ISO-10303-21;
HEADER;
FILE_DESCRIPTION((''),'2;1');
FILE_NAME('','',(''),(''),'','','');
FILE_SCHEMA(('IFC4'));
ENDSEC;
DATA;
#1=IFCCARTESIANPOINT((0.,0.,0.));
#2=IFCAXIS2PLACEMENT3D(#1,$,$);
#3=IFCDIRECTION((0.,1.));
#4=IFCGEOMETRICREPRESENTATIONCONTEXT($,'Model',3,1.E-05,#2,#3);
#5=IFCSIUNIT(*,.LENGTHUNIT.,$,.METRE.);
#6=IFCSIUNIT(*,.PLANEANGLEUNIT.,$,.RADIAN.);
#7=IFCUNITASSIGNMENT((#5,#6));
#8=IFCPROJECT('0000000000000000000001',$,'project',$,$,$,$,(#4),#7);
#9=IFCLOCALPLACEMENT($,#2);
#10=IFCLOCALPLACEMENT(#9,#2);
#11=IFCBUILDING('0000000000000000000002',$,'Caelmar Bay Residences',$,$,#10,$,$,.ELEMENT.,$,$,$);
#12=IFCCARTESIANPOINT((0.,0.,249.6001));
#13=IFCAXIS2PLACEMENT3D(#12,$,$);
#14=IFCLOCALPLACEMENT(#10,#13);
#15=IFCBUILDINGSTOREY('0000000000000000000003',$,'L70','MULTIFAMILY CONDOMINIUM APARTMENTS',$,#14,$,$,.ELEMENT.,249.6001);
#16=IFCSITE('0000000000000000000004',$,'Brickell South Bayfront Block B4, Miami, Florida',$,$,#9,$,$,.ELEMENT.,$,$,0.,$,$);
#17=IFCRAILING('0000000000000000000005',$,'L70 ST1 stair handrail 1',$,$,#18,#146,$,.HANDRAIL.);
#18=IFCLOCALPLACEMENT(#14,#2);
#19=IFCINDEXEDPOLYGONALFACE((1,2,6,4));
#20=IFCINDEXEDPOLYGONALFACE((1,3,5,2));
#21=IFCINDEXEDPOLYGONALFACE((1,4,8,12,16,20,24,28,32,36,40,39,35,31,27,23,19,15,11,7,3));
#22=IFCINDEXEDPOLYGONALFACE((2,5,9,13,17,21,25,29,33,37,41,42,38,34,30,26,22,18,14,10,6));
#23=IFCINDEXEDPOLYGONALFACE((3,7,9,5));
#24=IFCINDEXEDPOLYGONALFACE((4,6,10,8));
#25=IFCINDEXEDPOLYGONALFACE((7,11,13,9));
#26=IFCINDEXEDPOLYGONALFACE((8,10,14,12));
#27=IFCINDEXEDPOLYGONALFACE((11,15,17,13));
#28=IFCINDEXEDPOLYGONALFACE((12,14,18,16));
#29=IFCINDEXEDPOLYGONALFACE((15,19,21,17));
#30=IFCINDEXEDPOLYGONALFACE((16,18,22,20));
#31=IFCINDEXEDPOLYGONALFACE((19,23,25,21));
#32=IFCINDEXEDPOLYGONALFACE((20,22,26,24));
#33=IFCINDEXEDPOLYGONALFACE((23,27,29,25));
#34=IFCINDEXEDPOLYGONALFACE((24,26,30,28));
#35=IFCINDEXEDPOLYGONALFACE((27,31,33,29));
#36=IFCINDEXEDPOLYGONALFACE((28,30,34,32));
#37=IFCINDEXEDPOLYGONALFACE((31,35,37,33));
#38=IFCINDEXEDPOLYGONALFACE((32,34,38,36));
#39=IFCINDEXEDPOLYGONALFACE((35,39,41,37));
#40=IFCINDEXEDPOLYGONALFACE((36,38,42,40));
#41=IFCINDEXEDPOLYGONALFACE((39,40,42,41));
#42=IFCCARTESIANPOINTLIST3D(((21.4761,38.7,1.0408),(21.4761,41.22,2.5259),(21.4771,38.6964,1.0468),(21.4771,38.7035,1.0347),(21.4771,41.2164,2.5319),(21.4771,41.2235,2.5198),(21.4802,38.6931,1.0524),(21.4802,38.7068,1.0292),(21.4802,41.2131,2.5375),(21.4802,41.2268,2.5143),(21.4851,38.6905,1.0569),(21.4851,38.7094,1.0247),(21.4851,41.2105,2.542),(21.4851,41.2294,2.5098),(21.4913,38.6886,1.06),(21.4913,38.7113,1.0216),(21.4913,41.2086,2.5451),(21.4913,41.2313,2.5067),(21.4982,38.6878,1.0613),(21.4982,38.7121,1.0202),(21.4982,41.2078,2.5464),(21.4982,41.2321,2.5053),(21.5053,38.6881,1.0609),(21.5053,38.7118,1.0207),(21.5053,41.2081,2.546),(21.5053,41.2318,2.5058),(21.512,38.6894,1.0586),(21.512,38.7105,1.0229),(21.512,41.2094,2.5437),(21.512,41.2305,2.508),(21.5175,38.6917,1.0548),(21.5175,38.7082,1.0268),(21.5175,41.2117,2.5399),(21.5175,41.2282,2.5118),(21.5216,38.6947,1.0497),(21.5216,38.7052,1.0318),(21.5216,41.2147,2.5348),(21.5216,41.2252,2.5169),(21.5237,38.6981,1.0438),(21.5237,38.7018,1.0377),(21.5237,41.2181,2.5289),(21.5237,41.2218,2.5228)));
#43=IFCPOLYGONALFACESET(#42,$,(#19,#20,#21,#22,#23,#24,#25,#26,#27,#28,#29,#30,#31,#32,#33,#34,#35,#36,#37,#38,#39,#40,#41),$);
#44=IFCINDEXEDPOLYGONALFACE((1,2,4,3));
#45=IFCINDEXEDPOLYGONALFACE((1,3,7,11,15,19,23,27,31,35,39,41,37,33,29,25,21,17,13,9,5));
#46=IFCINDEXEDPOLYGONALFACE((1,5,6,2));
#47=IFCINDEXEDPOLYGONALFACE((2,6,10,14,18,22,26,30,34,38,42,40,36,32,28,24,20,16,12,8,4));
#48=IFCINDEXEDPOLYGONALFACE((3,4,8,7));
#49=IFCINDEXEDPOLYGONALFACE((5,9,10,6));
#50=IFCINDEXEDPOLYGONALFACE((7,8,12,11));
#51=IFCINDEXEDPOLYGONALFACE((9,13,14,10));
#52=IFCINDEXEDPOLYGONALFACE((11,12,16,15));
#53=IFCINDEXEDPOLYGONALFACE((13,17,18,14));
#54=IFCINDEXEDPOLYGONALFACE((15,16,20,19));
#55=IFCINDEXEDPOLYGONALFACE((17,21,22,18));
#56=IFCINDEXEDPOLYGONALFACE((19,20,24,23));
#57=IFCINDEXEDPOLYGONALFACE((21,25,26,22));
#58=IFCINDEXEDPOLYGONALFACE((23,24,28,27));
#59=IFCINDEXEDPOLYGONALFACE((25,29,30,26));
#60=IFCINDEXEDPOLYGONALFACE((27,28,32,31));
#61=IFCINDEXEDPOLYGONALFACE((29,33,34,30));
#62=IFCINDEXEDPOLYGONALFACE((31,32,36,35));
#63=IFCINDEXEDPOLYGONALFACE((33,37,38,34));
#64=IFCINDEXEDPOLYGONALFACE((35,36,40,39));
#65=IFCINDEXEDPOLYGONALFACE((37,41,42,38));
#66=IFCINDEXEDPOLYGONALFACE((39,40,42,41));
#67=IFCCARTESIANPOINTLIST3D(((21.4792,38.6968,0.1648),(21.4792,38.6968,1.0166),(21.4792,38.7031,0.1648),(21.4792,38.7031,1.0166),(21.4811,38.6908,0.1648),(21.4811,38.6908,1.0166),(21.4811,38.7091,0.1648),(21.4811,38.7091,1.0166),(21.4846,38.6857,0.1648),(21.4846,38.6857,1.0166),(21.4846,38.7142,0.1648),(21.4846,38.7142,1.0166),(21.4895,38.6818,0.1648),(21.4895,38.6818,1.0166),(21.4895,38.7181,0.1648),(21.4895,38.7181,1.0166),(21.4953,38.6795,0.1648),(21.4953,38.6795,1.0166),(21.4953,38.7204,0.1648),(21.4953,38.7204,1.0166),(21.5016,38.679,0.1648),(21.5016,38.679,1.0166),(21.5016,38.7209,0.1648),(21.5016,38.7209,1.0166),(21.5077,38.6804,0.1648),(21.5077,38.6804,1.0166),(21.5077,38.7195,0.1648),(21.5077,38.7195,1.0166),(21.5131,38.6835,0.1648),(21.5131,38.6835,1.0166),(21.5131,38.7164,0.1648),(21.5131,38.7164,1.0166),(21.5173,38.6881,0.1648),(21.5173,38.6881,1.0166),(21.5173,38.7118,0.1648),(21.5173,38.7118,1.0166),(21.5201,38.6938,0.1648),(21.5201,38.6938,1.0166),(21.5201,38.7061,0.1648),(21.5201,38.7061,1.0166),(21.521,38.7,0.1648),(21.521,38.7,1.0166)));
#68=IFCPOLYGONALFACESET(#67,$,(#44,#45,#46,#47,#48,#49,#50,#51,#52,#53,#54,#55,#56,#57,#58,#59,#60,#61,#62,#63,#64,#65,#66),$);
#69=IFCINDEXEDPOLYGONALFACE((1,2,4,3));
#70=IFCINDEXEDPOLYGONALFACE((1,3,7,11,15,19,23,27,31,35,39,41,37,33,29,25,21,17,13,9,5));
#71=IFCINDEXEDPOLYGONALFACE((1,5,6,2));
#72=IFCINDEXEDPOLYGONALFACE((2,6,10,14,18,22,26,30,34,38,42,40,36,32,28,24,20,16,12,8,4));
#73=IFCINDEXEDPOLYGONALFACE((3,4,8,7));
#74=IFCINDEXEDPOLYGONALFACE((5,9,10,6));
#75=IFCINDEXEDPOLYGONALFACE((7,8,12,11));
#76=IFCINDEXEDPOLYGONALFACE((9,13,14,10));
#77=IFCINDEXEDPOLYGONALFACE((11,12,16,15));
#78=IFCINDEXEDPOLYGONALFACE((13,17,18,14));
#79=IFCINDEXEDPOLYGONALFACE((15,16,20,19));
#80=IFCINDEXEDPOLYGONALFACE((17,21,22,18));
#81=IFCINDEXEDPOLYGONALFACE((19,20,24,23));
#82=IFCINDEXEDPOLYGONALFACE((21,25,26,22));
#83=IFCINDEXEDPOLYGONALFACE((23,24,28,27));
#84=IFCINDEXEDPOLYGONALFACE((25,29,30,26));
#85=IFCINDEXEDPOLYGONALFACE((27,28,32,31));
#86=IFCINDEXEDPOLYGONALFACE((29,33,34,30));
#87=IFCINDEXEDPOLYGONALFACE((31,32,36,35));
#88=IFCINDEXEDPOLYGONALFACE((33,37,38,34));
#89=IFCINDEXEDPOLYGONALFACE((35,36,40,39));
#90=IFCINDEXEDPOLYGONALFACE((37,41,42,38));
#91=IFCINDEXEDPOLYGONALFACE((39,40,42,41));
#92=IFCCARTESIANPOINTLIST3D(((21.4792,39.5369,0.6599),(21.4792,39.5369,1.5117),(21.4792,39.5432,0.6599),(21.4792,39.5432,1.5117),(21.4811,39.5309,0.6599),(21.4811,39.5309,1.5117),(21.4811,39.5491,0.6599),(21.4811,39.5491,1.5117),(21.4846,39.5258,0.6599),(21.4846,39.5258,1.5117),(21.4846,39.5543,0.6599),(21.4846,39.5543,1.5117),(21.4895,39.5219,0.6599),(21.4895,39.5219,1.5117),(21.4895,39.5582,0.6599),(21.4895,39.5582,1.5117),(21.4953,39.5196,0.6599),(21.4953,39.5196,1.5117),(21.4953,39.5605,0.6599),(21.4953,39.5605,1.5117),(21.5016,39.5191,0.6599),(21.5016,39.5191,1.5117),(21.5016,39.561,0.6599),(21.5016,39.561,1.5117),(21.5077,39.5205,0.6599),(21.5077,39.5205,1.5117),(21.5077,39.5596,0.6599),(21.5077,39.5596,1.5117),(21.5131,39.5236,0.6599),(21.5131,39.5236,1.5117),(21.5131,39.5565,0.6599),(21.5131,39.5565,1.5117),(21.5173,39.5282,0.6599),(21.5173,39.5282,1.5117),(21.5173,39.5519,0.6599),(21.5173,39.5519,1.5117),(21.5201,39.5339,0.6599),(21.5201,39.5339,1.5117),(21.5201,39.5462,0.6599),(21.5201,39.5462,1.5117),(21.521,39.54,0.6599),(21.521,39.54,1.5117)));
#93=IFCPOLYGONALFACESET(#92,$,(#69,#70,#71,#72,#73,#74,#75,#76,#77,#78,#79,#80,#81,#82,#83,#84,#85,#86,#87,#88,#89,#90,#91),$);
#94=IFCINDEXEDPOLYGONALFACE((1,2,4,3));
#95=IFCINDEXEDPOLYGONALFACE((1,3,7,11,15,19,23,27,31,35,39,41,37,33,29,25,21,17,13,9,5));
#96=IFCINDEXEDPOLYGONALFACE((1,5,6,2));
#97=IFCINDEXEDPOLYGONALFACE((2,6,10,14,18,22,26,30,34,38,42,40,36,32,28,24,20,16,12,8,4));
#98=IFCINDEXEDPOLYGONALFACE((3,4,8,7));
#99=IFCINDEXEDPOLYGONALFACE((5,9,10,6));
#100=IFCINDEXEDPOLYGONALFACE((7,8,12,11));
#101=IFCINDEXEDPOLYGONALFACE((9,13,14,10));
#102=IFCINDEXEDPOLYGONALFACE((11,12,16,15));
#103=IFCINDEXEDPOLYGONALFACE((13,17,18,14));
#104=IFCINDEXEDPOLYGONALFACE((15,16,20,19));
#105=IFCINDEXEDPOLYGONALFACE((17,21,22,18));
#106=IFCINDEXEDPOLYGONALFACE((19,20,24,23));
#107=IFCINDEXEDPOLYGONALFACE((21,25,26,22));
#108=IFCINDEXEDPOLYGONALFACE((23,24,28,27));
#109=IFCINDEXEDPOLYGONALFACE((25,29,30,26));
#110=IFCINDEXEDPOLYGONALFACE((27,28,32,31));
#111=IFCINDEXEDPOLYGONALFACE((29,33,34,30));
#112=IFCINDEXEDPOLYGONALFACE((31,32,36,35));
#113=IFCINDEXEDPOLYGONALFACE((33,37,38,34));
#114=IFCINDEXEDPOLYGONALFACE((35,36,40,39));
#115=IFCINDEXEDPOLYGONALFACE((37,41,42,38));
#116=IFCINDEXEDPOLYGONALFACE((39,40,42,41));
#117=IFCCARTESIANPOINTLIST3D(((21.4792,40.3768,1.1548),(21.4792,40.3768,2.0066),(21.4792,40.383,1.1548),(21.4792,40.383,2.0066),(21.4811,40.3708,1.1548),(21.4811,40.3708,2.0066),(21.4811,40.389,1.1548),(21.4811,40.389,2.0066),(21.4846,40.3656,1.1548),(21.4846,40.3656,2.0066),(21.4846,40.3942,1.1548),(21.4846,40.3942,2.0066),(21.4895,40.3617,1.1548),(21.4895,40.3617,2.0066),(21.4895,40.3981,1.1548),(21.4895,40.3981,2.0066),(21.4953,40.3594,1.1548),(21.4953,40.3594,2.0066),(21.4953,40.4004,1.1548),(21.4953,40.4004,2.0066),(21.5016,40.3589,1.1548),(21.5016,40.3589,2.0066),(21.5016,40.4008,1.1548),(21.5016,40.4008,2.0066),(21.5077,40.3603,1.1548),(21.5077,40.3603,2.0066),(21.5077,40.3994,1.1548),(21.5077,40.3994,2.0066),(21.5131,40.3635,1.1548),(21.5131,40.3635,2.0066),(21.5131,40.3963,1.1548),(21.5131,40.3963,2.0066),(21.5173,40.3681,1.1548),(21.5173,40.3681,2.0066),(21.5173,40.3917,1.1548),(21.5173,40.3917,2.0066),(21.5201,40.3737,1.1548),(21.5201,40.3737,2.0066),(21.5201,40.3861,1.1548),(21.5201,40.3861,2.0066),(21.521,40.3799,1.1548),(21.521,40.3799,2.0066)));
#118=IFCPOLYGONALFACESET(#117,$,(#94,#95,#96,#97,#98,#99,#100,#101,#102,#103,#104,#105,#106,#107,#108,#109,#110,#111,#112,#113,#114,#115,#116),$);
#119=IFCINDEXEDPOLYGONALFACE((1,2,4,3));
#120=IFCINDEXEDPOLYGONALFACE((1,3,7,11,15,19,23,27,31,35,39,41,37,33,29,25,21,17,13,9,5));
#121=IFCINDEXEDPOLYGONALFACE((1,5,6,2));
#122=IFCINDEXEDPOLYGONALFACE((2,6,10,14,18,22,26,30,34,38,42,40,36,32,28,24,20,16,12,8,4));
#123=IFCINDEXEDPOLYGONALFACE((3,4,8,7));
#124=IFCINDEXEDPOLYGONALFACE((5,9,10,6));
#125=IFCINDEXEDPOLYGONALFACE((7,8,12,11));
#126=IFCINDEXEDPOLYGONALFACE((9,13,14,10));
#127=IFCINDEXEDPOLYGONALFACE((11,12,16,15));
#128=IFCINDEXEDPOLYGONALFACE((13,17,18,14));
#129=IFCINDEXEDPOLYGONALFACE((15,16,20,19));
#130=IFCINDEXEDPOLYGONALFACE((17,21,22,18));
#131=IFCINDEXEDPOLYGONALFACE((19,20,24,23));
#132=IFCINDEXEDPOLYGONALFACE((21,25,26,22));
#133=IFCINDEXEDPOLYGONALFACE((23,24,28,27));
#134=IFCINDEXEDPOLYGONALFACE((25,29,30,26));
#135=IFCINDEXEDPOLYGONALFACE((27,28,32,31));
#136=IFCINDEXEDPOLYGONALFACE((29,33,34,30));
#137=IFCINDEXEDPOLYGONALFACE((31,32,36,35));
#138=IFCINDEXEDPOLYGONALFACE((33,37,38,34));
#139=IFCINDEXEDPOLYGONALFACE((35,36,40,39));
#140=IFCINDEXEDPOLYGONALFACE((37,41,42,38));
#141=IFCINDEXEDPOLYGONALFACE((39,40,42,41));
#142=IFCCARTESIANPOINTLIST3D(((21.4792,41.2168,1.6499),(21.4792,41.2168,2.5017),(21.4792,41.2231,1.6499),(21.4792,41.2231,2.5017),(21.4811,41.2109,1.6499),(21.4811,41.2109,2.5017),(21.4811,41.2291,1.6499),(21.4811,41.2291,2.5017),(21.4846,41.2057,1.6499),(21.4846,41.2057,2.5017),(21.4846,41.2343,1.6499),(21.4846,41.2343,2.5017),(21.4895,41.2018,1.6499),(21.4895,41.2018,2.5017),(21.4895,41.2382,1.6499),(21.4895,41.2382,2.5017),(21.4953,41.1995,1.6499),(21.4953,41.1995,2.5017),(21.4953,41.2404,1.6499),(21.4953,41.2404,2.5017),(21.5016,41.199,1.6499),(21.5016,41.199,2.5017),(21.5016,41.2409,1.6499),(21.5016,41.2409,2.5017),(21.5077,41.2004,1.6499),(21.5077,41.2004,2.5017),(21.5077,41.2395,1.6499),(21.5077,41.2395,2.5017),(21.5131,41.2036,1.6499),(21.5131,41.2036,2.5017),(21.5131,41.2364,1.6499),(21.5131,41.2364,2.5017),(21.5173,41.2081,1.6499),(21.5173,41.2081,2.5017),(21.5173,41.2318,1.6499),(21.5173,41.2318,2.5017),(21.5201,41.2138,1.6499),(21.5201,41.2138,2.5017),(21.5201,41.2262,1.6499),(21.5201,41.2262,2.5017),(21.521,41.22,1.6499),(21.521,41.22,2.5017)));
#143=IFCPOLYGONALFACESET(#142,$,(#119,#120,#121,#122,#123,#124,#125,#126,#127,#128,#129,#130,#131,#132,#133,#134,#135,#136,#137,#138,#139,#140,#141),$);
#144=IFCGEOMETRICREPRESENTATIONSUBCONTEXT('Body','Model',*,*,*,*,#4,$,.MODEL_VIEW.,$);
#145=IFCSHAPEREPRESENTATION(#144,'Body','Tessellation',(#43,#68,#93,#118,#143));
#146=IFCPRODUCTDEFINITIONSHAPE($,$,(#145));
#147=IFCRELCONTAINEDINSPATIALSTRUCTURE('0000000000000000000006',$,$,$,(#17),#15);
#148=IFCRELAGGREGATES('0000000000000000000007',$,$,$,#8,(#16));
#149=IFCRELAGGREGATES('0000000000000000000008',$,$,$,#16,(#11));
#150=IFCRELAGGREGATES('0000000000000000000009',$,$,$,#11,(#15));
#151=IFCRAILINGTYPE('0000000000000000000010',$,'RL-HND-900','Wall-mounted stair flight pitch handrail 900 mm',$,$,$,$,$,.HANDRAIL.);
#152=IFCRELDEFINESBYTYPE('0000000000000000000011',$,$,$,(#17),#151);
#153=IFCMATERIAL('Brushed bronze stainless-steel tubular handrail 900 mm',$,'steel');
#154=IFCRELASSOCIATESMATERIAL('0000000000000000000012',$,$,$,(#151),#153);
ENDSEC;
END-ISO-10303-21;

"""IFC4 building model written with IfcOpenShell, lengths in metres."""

from ifc_helpers import new_model, si_unit, direction, frame, origin, origin_2d, place, context, subcontext, project, spatial, circle, extrude, material, type_object, element, save


model = new_model("IFC4")

# Units and contexts
model_context = context("Model", 3, precision=1e-05, world=origin(), true_north=direction((0.0, 1.0)))
body_context = subcontext(model_context, "Body", "Model", "MODEL_VIEW")
ifc_project = project(units=[si_unit("LENGTHUNIT", "METRE"), si_unit("PLANEANGLEUNIT", "RADIAN")], contexts=[model_context])

# Site, building, storey
site_placement = place(None, origin())
site = spatial("IfcSite", under=ifc_project, at=site_placement, Name="Brickell South Bayfront Block B4, Miami, Florida", CompositionType="ELEMENT", RefElevation=0.0)
building_placement = place(site_placement, origin())
building = spatial("IfcBuilding", under=site, at=building_placement, Name="Caelmar Bay Residences", CompositionType="ELEMENT")
storey_placement = place(building_placement, frame((0.0, 0.0, 249.6001)))
storey = spatial("IfcBuildingStorey", under=building, at=storey_placement, Name="L70", Description="MULTIFAMILY CONDOMINIUM APARTMENTS", CompositionType="ELEMENT", Elevation=249.6001)

# Railing
ifc_material_1 = material(Name="Brushed bronze stainless-steel tubular handrail 900 mm", Category="steel")
railing_type_1 = type_object("IfcRailingType", Name="RL-HND-900", Description="Wall-mounted stair flight pitch handrail 900 mm", PredefinedType="HANDRAIL", material=ifc_material_1)
railing_1_placement = place(storey_placement, frame((21.5, 38.7, 0.1648)))
element("IfcRailing", 1, at=railing_1_placement, inside=storey, type_object=railing_type_1, Name="L70 ST1 stair handrail 1", PredefinedType="HANDRAIL", context=body_context, shape_type="SweptSolid", body=[
    extrude(circle(Radius=0.0239, at=origin_2d()), frame((0.0, 0.0, 0.876), z_axis=(0.0, 0.861524, 0.507717), x_axis=(-1.0, 0.0, 0.0)), (0.0, 0.0, 1.0), 2.925),
    extrude(circle(Radius=0.021, at=origin_2d()), origin(), (0.0, 0.0, 1.0), 0.8518),
    extrude(circle(Radius=0.021, at=origin_2d()), frame((0.0, 0.8401, 0.4951)), (0.0, 0.0, 1.0), 0.8518),
    extrude(circle(Radius=0.021, at=origin_2d()), frame((0.0, 1.6799, 0.99)), (0.0, 0.0, 1.0), 0.8518),
    extrude(circle(Radius=0.021, at=origin_2d()), frame((0.0, 2.52, 1.4851)), (0.0, 0.0, 1.0), 0.8518),
])

save(model, "model.ifc")
